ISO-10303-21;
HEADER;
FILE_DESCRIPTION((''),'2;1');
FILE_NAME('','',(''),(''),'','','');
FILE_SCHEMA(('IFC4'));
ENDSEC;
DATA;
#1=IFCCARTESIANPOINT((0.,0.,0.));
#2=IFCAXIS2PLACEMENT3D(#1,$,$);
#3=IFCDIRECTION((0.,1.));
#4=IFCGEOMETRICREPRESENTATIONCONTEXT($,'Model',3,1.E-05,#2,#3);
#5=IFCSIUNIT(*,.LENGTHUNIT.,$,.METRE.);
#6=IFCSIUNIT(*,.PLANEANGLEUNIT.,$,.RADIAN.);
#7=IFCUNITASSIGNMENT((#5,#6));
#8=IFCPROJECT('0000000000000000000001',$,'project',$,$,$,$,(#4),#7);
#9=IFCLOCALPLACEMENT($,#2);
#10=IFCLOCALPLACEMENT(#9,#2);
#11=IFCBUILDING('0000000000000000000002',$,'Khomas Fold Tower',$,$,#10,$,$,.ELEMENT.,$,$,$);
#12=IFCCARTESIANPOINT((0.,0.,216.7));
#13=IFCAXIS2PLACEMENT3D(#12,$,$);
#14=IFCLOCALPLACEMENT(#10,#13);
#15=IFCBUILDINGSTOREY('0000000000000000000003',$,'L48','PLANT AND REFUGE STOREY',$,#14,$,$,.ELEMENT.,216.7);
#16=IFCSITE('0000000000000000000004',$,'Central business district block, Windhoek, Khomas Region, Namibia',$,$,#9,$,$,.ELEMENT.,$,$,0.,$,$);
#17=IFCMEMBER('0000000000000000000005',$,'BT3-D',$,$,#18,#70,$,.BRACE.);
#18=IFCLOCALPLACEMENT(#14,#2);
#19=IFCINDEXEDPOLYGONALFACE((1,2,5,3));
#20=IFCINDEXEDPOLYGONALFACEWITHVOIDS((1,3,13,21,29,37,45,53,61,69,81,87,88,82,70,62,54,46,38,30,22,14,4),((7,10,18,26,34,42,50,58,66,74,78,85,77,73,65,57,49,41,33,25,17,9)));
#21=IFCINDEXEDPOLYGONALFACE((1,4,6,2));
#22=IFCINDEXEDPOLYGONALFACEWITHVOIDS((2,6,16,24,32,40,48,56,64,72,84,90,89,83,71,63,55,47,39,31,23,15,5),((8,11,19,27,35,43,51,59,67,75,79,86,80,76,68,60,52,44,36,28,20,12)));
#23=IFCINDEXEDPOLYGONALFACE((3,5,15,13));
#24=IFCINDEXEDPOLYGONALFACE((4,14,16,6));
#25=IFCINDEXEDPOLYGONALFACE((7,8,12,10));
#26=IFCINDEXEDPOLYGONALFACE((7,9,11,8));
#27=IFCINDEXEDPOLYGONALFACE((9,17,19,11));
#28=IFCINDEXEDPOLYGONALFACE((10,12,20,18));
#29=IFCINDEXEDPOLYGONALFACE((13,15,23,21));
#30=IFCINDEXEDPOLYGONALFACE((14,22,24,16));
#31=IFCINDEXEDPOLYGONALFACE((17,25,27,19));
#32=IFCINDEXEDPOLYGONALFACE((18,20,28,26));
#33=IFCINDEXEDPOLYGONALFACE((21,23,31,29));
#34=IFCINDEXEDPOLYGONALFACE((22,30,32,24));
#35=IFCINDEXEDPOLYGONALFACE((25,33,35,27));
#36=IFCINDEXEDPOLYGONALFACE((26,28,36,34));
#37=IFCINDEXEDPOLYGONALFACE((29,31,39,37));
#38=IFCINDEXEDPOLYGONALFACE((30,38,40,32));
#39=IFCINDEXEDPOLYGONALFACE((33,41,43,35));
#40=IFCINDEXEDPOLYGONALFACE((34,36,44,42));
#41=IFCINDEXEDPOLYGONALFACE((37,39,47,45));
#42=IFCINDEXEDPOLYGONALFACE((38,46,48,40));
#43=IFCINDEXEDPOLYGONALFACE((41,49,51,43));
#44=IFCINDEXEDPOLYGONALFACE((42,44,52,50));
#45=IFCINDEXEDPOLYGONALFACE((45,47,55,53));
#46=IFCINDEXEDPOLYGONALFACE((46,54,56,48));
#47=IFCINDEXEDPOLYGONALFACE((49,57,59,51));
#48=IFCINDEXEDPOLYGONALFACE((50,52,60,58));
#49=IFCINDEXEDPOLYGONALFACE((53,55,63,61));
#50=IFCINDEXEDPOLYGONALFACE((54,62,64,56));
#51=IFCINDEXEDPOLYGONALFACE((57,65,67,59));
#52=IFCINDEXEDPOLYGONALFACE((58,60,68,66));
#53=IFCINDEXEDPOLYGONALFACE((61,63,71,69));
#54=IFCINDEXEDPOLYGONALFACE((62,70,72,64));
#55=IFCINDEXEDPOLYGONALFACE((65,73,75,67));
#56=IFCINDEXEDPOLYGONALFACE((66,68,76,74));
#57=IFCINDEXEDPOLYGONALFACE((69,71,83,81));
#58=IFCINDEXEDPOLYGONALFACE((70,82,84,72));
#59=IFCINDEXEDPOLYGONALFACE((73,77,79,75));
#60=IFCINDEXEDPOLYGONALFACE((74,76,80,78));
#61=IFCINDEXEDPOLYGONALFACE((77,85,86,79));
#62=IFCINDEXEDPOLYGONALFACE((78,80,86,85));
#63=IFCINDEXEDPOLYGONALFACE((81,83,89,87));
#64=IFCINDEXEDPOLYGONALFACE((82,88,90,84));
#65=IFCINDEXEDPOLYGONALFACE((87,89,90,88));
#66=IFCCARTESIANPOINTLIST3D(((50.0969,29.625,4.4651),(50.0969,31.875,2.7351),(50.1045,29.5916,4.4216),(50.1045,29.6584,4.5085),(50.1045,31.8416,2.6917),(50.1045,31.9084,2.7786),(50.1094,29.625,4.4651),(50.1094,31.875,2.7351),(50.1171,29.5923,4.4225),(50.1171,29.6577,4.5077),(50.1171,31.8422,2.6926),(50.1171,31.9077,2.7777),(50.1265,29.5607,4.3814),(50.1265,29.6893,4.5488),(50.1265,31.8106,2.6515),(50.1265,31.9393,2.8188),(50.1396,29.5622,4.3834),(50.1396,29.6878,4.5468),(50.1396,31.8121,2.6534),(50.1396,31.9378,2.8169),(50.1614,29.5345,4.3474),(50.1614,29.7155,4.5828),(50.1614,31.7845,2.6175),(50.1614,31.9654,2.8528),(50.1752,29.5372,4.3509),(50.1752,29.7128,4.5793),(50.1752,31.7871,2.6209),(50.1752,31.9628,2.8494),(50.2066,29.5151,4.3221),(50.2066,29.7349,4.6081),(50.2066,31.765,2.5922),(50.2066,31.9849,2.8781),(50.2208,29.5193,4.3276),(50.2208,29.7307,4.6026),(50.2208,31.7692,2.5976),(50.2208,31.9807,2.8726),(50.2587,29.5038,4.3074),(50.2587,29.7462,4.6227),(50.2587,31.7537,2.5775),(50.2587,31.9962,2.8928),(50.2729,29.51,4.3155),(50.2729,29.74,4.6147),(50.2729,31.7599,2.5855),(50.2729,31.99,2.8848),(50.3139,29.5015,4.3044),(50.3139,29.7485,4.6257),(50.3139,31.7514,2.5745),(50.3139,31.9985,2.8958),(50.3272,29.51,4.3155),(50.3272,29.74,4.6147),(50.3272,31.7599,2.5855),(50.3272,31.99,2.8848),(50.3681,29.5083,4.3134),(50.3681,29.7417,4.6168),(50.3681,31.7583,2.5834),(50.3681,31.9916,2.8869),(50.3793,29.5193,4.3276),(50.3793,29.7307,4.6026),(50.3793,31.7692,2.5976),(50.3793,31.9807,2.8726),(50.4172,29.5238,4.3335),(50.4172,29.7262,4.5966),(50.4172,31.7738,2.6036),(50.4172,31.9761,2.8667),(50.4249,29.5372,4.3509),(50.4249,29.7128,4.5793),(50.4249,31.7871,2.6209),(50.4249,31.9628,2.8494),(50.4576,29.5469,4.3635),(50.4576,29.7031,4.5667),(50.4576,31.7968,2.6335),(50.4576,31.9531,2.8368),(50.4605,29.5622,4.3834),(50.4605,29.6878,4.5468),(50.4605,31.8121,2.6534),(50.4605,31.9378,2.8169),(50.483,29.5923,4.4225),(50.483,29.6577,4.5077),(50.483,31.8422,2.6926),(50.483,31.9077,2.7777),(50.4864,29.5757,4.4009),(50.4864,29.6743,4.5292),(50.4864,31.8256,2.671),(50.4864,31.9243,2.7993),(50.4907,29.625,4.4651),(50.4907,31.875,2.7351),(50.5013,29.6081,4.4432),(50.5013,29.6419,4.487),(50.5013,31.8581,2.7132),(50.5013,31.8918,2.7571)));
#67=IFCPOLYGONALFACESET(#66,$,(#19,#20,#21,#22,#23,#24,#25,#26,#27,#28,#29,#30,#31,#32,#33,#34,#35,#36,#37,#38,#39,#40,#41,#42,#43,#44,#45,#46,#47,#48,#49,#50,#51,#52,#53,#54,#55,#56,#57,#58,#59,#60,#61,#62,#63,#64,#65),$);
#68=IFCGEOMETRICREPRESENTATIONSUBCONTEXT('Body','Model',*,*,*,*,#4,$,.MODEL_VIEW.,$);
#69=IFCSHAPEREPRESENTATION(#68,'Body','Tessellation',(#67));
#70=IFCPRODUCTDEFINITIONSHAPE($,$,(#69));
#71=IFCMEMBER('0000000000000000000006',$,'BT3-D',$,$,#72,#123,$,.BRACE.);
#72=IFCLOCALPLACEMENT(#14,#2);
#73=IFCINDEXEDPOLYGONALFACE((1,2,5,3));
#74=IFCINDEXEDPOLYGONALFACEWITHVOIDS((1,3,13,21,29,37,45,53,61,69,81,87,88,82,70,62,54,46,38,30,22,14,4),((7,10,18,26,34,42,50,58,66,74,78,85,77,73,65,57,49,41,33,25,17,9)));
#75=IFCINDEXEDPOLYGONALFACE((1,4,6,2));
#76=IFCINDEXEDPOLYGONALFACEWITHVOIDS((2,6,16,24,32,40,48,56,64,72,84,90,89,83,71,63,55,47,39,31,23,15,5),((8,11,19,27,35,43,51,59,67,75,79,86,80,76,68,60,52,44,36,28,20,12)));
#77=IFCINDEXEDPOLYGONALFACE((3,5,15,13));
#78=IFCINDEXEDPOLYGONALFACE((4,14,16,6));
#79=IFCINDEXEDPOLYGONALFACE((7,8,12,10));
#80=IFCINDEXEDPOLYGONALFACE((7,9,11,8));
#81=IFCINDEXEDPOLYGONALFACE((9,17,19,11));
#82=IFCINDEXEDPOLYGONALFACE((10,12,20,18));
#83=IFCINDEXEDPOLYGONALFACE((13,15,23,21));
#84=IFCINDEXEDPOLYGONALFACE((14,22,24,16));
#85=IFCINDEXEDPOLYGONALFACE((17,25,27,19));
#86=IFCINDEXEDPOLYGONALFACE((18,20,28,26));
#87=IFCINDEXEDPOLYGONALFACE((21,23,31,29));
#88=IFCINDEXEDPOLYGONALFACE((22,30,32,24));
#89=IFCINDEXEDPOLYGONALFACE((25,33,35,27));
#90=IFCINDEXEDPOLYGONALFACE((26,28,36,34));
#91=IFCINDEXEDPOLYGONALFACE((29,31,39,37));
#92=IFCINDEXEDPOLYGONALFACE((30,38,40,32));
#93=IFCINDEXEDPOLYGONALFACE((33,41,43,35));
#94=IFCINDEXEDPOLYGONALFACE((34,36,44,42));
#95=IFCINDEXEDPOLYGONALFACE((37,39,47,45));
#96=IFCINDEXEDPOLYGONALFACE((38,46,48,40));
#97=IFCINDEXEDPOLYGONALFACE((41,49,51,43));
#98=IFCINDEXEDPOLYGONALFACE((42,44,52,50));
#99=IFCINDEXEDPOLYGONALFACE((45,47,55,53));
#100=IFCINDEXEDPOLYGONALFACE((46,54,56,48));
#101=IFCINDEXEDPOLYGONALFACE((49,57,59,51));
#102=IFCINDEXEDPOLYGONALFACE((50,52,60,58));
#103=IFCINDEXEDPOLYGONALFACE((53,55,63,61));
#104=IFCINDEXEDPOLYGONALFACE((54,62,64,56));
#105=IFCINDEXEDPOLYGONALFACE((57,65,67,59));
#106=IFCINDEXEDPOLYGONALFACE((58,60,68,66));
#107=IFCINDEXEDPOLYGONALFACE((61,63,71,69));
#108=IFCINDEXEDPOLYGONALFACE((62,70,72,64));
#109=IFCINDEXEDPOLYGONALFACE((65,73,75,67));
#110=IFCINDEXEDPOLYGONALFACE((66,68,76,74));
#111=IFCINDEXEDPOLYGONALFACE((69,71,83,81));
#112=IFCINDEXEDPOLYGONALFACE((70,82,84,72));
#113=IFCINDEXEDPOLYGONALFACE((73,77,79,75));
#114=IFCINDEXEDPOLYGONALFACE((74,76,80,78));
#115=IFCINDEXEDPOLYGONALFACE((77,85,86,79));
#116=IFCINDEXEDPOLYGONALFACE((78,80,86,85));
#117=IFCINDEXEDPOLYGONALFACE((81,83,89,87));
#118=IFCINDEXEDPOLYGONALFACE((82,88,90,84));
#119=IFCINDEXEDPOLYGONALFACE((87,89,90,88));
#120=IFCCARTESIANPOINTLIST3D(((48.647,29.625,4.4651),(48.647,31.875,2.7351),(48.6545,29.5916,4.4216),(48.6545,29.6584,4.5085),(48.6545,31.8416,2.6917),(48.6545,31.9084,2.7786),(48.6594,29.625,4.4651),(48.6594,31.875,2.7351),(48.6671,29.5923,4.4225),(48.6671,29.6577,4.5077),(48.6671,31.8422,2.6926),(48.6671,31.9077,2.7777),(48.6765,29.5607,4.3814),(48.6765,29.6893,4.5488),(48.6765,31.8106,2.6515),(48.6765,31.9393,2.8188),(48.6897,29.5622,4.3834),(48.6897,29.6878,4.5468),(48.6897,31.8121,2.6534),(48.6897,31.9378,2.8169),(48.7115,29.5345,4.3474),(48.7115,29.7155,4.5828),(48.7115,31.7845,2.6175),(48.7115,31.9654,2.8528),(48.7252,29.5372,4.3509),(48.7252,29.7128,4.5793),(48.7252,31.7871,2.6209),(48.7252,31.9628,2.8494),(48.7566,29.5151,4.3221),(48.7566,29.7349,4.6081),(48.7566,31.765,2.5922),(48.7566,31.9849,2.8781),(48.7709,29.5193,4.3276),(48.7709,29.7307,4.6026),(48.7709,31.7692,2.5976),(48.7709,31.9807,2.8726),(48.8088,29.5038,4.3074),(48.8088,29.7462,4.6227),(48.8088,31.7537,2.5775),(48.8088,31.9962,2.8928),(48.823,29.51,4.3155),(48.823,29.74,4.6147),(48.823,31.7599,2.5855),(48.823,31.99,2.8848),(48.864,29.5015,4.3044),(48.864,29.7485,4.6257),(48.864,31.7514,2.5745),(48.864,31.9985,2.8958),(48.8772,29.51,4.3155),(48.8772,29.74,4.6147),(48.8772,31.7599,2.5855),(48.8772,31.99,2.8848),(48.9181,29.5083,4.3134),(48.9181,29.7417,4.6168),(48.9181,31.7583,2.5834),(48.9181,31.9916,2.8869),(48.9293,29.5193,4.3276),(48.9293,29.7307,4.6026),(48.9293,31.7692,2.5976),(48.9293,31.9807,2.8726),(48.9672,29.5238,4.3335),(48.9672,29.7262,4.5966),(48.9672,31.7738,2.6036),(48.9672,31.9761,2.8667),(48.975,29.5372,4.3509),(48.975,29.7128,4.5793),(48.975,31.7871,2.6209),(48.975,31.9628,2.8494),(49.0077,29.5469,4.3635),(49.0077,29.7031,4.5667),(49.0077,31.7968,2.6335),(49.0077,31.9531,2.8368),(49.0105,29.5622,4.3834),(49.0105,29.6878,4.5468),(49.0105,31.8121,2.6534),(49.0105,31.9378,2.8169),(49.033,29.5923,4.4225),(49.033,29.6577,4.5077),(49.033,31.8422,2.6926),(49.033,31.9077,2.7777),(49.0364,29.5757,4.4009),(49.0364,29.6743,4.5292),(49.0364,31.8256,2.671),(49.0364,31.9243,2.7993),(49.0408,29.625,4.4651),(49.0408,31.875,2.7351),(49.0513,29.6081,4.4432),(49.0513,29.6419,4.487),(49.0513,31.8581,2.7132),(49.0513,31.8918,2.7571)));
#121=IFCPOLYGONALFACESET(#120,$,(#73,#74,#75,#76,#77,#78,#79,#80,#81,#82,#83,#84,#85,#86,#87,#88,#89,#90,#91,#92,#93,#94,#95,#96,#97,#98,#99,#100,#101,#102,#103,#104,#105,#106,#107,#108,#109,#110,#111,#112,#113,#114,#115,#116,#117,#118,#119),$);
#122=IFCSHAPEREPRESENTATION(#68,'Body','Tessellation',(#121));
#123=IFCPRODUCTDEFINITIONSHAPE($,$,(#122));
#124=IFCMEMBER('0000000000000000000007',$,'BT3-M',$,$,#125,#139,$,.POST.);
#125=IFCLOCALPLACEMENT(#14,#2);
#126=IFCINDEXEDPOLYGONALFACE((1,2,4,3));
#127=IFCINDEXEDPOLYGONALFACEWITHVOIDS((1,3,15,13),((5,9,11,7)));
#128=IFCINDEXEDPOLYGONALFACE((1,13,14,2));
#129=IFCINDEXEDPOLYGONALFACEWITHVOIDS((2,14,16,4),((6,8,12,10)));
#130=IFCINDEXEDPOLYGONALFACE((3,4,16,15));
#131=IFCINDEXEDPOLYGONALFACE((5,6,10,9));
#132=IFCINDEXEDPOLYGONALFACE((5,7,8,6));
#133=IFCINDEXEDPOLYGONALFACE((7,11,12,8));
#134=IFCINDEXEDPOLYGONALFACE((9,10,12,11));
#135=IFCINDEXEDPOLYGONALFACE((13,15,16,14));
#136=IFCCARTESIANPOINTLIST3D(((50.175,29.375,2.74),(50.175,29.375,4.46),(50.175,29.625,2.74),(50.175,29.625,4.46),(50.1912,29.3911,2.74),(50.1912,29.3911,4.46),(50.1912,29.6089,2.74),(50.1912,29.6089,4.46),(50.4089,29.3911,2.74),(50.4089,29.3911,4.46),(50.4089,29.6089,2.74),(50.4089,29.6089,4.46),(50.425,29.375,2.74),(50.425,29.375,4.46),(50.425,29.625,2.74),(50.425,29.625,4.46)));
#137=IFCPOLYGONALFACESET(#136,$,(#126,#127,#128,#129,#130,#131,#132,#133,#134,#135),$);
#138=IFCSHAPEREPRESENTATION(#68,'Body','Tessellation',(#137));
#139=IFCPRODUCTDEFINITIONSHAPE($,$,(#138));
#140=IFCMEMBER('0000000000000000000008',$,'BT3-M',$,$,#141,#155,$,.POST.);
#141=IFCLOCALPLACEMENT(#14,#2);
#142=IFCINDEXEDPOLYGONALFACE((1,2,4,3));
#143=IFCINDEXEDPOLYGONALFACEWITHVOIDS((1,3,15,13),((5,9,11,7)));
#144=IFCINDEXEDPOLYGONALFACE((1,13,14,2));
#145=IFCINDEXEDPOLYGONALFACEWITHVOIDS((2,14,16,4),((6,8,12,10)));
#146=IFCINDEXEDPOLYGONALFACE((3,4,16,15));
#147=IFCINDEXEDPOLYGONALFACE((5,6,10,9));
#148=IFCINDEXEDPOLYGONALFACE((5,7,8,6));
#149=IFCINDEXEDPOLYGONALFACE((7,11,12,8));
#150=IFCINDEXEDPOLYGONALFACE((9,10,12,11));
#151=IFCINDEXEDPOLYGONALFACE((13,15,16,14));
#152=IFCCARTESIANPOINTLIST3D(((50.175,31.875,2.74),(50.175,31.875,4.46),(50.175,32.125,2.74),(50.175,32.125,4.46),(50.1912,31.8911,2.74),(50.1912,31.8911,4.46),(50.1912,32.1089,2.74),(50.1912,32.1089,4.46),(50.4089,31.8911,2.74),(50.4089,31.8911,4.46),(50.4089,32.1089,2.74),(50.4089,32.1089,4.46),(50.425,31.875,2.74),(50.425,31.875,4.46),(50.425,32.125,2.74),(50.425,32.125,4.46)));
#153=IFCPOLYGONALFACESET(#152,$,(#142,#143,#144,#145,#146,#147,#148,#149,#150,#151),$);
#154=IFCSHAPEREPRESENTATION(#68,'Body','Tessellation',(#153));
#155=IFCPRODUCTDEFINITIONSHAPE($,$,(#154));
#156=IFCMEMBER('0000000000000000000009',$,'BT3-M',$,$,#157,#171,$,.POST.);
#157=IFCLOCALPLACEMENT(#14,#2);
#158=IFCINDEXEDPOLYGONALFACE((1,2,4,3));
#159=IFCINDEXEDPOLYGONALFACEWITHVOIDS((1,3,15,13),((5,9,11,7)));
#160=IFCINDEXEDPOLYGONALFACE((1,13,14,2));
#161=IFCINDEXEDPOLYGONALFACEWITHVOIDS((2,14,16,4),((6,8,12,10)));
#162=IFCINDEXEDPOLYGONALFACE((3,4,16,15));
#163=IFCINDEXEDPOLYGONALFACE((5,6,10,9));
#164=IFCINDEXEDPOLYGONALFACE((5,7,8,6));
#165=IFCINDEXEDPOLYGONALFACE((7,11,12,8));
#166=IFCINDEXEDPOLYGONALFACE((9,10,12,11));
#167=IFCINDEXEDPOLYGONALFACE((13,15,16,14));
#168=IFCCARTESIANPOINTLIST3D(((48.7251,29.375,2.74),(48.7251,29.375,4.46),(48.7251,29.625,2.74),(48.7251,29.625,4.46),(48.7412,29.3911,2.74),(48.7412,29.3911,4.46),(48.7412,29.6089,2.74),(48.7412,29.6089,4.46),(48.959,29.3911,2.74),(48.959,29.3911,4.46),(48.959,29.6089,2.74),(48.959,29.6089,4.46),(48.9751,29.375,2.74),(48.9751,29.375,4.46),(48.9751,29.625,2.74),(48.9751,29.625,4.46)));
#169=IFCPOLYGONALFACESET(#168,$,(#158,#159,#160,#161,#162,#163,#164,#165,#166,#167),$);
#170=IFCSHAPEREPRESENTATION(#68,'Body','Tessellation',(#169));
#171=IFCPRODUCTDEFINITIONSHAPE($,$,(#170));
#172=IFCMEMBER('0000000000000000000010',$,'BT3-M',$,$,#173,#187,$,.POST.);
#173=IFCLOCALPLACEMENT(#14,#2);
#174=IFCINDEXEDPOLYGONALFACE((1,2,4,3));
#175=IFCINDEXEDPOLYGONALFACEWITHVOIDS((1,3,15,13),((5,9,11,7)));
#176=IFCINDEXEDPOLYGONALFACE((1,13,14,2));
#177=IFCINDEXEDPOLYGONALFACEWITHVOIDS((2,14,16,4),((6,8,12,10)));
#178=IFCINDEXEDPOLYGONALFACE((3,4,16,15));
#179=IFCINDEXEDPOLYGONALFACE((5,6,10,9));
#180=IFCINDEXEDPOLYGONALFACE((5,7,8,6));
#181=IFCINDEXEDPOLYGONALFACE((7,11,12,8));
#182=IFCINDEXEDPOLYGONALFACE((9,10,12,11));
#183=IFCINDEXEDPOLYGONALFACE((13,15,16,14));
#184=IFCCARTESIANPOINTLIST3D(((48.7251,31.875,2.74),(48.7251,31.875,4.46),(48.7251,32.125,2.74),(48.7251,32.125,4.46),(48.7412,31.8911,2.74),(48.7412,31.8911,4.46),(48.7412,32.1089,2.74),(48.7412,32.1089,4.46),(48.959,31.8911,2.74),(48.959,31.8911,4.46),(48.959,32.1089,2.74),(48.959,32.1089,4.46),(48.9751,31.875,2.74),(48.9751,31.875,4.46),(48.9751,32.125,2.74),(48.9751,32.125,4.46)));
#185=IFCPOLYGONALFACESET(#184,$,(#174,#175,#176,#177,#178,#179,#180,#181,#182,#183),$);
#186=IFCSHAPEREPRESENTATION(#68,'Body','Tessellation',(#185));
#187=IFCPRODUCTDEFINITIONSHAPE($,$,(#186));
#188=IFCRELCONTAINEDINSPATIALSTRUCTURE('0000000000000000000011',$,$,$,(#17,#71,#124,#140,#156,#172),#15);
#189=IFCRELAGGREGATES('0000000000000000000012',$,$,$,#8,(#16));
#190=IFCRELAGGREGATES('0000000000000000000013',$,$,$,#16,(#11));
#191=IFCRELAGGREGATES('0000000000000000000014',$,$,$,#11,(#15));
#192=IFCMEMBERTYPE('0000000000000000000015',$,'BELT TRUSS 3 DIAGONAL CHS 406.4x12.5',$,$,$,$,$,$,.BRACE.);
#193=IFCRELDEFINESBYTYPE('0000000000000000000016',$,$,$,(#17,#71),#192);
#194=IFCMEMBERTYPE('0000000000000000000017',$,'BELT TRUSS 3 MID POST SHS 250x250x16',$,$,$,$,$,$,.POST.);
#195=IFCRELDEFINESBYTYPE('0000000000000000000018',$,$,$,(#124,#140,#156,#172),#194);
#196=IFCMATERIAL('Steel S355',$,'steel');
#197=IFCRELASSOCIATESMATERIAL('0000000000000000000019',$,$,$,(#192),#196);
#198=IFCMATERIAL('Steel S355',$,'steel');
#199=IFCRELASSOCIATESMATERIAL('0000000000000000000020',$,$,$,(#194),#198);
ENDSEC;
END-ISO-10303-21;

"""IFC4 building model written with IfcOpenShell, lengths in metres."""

from ifc_helpers import new_model, si_unit, direction, frame, origin, origin_2d, place, context, subcontext, project, spatial, hollow_rectangle, hollow_circle, extrude, source, transform, mapped, material, material_profile, profile_set, type_object, element, save


model = new_model("IFC4")

# Units and contexts
model_context = context("Model", 3, precision=1e-05, world=origin(), true_north=direction((0.0, 1.0)))
body_context = subcontext(model_context, "Body", "Model", "MODEL_VIEW")
ifc_project = project(units=[si_unit("LENGTHUNIT", "METRE"), si_unit("PLANEANGLEUNIT", "RADIAN")], contexts=[model_context])

# Site, building, storey
site_placement = place(None, origin())
site = spatial("IfcSite", under=ifc_project, at=site_placement, Name="Central business district block, Windhoek, Khomas Region, Namibia", CompositionType="ELEMENT", RefElevation=0.0)
building_placement = place(site_placement, origin())
building = spatial("IfcBuilding", under=site, at=building_placement, Name="Khomas Fold Tower", CompositionType="ELEMENT")
storey_placement = place(building_placement, frame((0.0, 0.0, 216.7)))
storey = spatial("IfcBuildingStorey", under=building, at=storey_placement, Name="L48", Description="PLANT AND REFUGE STOREY", CompositionType="ELEMENT", Elevation=216.7)

# Members
ifc_material_1 = material(Name="Steel S355", Category="steel")
ifc_material_profile_1 = material_profile(ifc_material_1, hollow_circle(Radius=0.2031, WallThickness=0.0125, at=origin_2d()), Name="CHS 406.4x12.5")
ifc_profile_set_1 = profile_set([ifc_material_profile_1], Name="Steel S355")
member_type_1 = type_object("IfcMemberType", Name="BELT TRUSS 3 DIAGONAL CHS 406.4x12.5", PredefinedType="BRACE", material=ifc_profile_set_1)
shared_shape_1 = source(origin(), body_context, "Body", "SweptSolid", [
    extrude(hollow_circle(Radius=0.2031, WallThickness=0.0125, at=origin_2d()), origin(), (0.0, 0.0, 1.0), 2.8381),
])
for number, where, z_axis, x_axis, name in (
    (1, (50.3, 29.625, 4.4651), (0.0, 0.792758, -0.609536), (-1.0, 0.0, 0.0), "BT3-D"),
    (2, (48.8501, 29.625, 4.4651), (0.0, 0.792758, -0.609536), (-1.0, 0.0, 0.0), "BT3-D"),
):
    element("IfcMember", number, at=place(storey_placement, frame(where, z_axis=z_axis, x_axis=x_axis)), inside=storey, type_object=member_type_1, Name=name, PredefinedType="BRACE", context=body_context, shape_type="MappedRepresentation", body=[
        mapped(shared_shape_1, transform((0.0, 0.0, 0.0))),
    ])
ifc_material_2 = material(Name="Steel S355", Category="steel")
ifc_material_profile_2 = material_profile(ifc_material_2, hollow_rectangle(XDim=0.25, YDim=0.25, WallThickness=0.0161, at=origin_2d()), Name="SHS 250x250x16")
ifc_profile_set_2 = profile_set([ifc_material_profile_2], Name="Steel S355")
member_type_2 = type_object("IfcMemberType", Name="BELT TRUSS 3 MID POST SHS 250x250x16", PredefinedType="POST", material=ifc_profile_set_2)
shared_shape_2 = source(origin(), body_context, "Body", "SweptSolid", [
    extrude(hollow_rectangle(XDim=0.25, YDim=0.25, WallThickness=0.0161, at=origin_2d()), origin(), (0.0, 0.0, 1.0), 1.72),
])
for number, where, z_axis, x_axis, name in (
    (3, (50.3, 29.5, 2.74), (0.0, 0.0, 1.0), (1.0, 0.0, 0.0), "BT3-M"),
    (4, (50.3, 32.0, 2.74), (0.0, 0.0, 1.0), (1.0, 0.0, 0.0), "BT3-M"),
    (5, (48.8501, 29.5, 2.74), (0.0, 0.0, 1.0), (1.0, 0.0, 0.0), "BT3-M"),
    (6, (48.8501, 32.0, 2.74), (0.0, 0.0, 1.0), (1.0, 0.0, 0.0), "BT3-M"),
):
    element("IfcMember", number, at=place(storey_placement, frame(where, z_axis=z_axis, x_axis=x_axis)), inside=storey, type_object=member_type_2, Name=name, PredefinedType="POST", context=body_context, shape_type="MappedRepresentation", body=[
        mapped(shared_shape_2, transform((0.0, 0.0, 0.0))),
    ])

save(model, "model.ifc")
